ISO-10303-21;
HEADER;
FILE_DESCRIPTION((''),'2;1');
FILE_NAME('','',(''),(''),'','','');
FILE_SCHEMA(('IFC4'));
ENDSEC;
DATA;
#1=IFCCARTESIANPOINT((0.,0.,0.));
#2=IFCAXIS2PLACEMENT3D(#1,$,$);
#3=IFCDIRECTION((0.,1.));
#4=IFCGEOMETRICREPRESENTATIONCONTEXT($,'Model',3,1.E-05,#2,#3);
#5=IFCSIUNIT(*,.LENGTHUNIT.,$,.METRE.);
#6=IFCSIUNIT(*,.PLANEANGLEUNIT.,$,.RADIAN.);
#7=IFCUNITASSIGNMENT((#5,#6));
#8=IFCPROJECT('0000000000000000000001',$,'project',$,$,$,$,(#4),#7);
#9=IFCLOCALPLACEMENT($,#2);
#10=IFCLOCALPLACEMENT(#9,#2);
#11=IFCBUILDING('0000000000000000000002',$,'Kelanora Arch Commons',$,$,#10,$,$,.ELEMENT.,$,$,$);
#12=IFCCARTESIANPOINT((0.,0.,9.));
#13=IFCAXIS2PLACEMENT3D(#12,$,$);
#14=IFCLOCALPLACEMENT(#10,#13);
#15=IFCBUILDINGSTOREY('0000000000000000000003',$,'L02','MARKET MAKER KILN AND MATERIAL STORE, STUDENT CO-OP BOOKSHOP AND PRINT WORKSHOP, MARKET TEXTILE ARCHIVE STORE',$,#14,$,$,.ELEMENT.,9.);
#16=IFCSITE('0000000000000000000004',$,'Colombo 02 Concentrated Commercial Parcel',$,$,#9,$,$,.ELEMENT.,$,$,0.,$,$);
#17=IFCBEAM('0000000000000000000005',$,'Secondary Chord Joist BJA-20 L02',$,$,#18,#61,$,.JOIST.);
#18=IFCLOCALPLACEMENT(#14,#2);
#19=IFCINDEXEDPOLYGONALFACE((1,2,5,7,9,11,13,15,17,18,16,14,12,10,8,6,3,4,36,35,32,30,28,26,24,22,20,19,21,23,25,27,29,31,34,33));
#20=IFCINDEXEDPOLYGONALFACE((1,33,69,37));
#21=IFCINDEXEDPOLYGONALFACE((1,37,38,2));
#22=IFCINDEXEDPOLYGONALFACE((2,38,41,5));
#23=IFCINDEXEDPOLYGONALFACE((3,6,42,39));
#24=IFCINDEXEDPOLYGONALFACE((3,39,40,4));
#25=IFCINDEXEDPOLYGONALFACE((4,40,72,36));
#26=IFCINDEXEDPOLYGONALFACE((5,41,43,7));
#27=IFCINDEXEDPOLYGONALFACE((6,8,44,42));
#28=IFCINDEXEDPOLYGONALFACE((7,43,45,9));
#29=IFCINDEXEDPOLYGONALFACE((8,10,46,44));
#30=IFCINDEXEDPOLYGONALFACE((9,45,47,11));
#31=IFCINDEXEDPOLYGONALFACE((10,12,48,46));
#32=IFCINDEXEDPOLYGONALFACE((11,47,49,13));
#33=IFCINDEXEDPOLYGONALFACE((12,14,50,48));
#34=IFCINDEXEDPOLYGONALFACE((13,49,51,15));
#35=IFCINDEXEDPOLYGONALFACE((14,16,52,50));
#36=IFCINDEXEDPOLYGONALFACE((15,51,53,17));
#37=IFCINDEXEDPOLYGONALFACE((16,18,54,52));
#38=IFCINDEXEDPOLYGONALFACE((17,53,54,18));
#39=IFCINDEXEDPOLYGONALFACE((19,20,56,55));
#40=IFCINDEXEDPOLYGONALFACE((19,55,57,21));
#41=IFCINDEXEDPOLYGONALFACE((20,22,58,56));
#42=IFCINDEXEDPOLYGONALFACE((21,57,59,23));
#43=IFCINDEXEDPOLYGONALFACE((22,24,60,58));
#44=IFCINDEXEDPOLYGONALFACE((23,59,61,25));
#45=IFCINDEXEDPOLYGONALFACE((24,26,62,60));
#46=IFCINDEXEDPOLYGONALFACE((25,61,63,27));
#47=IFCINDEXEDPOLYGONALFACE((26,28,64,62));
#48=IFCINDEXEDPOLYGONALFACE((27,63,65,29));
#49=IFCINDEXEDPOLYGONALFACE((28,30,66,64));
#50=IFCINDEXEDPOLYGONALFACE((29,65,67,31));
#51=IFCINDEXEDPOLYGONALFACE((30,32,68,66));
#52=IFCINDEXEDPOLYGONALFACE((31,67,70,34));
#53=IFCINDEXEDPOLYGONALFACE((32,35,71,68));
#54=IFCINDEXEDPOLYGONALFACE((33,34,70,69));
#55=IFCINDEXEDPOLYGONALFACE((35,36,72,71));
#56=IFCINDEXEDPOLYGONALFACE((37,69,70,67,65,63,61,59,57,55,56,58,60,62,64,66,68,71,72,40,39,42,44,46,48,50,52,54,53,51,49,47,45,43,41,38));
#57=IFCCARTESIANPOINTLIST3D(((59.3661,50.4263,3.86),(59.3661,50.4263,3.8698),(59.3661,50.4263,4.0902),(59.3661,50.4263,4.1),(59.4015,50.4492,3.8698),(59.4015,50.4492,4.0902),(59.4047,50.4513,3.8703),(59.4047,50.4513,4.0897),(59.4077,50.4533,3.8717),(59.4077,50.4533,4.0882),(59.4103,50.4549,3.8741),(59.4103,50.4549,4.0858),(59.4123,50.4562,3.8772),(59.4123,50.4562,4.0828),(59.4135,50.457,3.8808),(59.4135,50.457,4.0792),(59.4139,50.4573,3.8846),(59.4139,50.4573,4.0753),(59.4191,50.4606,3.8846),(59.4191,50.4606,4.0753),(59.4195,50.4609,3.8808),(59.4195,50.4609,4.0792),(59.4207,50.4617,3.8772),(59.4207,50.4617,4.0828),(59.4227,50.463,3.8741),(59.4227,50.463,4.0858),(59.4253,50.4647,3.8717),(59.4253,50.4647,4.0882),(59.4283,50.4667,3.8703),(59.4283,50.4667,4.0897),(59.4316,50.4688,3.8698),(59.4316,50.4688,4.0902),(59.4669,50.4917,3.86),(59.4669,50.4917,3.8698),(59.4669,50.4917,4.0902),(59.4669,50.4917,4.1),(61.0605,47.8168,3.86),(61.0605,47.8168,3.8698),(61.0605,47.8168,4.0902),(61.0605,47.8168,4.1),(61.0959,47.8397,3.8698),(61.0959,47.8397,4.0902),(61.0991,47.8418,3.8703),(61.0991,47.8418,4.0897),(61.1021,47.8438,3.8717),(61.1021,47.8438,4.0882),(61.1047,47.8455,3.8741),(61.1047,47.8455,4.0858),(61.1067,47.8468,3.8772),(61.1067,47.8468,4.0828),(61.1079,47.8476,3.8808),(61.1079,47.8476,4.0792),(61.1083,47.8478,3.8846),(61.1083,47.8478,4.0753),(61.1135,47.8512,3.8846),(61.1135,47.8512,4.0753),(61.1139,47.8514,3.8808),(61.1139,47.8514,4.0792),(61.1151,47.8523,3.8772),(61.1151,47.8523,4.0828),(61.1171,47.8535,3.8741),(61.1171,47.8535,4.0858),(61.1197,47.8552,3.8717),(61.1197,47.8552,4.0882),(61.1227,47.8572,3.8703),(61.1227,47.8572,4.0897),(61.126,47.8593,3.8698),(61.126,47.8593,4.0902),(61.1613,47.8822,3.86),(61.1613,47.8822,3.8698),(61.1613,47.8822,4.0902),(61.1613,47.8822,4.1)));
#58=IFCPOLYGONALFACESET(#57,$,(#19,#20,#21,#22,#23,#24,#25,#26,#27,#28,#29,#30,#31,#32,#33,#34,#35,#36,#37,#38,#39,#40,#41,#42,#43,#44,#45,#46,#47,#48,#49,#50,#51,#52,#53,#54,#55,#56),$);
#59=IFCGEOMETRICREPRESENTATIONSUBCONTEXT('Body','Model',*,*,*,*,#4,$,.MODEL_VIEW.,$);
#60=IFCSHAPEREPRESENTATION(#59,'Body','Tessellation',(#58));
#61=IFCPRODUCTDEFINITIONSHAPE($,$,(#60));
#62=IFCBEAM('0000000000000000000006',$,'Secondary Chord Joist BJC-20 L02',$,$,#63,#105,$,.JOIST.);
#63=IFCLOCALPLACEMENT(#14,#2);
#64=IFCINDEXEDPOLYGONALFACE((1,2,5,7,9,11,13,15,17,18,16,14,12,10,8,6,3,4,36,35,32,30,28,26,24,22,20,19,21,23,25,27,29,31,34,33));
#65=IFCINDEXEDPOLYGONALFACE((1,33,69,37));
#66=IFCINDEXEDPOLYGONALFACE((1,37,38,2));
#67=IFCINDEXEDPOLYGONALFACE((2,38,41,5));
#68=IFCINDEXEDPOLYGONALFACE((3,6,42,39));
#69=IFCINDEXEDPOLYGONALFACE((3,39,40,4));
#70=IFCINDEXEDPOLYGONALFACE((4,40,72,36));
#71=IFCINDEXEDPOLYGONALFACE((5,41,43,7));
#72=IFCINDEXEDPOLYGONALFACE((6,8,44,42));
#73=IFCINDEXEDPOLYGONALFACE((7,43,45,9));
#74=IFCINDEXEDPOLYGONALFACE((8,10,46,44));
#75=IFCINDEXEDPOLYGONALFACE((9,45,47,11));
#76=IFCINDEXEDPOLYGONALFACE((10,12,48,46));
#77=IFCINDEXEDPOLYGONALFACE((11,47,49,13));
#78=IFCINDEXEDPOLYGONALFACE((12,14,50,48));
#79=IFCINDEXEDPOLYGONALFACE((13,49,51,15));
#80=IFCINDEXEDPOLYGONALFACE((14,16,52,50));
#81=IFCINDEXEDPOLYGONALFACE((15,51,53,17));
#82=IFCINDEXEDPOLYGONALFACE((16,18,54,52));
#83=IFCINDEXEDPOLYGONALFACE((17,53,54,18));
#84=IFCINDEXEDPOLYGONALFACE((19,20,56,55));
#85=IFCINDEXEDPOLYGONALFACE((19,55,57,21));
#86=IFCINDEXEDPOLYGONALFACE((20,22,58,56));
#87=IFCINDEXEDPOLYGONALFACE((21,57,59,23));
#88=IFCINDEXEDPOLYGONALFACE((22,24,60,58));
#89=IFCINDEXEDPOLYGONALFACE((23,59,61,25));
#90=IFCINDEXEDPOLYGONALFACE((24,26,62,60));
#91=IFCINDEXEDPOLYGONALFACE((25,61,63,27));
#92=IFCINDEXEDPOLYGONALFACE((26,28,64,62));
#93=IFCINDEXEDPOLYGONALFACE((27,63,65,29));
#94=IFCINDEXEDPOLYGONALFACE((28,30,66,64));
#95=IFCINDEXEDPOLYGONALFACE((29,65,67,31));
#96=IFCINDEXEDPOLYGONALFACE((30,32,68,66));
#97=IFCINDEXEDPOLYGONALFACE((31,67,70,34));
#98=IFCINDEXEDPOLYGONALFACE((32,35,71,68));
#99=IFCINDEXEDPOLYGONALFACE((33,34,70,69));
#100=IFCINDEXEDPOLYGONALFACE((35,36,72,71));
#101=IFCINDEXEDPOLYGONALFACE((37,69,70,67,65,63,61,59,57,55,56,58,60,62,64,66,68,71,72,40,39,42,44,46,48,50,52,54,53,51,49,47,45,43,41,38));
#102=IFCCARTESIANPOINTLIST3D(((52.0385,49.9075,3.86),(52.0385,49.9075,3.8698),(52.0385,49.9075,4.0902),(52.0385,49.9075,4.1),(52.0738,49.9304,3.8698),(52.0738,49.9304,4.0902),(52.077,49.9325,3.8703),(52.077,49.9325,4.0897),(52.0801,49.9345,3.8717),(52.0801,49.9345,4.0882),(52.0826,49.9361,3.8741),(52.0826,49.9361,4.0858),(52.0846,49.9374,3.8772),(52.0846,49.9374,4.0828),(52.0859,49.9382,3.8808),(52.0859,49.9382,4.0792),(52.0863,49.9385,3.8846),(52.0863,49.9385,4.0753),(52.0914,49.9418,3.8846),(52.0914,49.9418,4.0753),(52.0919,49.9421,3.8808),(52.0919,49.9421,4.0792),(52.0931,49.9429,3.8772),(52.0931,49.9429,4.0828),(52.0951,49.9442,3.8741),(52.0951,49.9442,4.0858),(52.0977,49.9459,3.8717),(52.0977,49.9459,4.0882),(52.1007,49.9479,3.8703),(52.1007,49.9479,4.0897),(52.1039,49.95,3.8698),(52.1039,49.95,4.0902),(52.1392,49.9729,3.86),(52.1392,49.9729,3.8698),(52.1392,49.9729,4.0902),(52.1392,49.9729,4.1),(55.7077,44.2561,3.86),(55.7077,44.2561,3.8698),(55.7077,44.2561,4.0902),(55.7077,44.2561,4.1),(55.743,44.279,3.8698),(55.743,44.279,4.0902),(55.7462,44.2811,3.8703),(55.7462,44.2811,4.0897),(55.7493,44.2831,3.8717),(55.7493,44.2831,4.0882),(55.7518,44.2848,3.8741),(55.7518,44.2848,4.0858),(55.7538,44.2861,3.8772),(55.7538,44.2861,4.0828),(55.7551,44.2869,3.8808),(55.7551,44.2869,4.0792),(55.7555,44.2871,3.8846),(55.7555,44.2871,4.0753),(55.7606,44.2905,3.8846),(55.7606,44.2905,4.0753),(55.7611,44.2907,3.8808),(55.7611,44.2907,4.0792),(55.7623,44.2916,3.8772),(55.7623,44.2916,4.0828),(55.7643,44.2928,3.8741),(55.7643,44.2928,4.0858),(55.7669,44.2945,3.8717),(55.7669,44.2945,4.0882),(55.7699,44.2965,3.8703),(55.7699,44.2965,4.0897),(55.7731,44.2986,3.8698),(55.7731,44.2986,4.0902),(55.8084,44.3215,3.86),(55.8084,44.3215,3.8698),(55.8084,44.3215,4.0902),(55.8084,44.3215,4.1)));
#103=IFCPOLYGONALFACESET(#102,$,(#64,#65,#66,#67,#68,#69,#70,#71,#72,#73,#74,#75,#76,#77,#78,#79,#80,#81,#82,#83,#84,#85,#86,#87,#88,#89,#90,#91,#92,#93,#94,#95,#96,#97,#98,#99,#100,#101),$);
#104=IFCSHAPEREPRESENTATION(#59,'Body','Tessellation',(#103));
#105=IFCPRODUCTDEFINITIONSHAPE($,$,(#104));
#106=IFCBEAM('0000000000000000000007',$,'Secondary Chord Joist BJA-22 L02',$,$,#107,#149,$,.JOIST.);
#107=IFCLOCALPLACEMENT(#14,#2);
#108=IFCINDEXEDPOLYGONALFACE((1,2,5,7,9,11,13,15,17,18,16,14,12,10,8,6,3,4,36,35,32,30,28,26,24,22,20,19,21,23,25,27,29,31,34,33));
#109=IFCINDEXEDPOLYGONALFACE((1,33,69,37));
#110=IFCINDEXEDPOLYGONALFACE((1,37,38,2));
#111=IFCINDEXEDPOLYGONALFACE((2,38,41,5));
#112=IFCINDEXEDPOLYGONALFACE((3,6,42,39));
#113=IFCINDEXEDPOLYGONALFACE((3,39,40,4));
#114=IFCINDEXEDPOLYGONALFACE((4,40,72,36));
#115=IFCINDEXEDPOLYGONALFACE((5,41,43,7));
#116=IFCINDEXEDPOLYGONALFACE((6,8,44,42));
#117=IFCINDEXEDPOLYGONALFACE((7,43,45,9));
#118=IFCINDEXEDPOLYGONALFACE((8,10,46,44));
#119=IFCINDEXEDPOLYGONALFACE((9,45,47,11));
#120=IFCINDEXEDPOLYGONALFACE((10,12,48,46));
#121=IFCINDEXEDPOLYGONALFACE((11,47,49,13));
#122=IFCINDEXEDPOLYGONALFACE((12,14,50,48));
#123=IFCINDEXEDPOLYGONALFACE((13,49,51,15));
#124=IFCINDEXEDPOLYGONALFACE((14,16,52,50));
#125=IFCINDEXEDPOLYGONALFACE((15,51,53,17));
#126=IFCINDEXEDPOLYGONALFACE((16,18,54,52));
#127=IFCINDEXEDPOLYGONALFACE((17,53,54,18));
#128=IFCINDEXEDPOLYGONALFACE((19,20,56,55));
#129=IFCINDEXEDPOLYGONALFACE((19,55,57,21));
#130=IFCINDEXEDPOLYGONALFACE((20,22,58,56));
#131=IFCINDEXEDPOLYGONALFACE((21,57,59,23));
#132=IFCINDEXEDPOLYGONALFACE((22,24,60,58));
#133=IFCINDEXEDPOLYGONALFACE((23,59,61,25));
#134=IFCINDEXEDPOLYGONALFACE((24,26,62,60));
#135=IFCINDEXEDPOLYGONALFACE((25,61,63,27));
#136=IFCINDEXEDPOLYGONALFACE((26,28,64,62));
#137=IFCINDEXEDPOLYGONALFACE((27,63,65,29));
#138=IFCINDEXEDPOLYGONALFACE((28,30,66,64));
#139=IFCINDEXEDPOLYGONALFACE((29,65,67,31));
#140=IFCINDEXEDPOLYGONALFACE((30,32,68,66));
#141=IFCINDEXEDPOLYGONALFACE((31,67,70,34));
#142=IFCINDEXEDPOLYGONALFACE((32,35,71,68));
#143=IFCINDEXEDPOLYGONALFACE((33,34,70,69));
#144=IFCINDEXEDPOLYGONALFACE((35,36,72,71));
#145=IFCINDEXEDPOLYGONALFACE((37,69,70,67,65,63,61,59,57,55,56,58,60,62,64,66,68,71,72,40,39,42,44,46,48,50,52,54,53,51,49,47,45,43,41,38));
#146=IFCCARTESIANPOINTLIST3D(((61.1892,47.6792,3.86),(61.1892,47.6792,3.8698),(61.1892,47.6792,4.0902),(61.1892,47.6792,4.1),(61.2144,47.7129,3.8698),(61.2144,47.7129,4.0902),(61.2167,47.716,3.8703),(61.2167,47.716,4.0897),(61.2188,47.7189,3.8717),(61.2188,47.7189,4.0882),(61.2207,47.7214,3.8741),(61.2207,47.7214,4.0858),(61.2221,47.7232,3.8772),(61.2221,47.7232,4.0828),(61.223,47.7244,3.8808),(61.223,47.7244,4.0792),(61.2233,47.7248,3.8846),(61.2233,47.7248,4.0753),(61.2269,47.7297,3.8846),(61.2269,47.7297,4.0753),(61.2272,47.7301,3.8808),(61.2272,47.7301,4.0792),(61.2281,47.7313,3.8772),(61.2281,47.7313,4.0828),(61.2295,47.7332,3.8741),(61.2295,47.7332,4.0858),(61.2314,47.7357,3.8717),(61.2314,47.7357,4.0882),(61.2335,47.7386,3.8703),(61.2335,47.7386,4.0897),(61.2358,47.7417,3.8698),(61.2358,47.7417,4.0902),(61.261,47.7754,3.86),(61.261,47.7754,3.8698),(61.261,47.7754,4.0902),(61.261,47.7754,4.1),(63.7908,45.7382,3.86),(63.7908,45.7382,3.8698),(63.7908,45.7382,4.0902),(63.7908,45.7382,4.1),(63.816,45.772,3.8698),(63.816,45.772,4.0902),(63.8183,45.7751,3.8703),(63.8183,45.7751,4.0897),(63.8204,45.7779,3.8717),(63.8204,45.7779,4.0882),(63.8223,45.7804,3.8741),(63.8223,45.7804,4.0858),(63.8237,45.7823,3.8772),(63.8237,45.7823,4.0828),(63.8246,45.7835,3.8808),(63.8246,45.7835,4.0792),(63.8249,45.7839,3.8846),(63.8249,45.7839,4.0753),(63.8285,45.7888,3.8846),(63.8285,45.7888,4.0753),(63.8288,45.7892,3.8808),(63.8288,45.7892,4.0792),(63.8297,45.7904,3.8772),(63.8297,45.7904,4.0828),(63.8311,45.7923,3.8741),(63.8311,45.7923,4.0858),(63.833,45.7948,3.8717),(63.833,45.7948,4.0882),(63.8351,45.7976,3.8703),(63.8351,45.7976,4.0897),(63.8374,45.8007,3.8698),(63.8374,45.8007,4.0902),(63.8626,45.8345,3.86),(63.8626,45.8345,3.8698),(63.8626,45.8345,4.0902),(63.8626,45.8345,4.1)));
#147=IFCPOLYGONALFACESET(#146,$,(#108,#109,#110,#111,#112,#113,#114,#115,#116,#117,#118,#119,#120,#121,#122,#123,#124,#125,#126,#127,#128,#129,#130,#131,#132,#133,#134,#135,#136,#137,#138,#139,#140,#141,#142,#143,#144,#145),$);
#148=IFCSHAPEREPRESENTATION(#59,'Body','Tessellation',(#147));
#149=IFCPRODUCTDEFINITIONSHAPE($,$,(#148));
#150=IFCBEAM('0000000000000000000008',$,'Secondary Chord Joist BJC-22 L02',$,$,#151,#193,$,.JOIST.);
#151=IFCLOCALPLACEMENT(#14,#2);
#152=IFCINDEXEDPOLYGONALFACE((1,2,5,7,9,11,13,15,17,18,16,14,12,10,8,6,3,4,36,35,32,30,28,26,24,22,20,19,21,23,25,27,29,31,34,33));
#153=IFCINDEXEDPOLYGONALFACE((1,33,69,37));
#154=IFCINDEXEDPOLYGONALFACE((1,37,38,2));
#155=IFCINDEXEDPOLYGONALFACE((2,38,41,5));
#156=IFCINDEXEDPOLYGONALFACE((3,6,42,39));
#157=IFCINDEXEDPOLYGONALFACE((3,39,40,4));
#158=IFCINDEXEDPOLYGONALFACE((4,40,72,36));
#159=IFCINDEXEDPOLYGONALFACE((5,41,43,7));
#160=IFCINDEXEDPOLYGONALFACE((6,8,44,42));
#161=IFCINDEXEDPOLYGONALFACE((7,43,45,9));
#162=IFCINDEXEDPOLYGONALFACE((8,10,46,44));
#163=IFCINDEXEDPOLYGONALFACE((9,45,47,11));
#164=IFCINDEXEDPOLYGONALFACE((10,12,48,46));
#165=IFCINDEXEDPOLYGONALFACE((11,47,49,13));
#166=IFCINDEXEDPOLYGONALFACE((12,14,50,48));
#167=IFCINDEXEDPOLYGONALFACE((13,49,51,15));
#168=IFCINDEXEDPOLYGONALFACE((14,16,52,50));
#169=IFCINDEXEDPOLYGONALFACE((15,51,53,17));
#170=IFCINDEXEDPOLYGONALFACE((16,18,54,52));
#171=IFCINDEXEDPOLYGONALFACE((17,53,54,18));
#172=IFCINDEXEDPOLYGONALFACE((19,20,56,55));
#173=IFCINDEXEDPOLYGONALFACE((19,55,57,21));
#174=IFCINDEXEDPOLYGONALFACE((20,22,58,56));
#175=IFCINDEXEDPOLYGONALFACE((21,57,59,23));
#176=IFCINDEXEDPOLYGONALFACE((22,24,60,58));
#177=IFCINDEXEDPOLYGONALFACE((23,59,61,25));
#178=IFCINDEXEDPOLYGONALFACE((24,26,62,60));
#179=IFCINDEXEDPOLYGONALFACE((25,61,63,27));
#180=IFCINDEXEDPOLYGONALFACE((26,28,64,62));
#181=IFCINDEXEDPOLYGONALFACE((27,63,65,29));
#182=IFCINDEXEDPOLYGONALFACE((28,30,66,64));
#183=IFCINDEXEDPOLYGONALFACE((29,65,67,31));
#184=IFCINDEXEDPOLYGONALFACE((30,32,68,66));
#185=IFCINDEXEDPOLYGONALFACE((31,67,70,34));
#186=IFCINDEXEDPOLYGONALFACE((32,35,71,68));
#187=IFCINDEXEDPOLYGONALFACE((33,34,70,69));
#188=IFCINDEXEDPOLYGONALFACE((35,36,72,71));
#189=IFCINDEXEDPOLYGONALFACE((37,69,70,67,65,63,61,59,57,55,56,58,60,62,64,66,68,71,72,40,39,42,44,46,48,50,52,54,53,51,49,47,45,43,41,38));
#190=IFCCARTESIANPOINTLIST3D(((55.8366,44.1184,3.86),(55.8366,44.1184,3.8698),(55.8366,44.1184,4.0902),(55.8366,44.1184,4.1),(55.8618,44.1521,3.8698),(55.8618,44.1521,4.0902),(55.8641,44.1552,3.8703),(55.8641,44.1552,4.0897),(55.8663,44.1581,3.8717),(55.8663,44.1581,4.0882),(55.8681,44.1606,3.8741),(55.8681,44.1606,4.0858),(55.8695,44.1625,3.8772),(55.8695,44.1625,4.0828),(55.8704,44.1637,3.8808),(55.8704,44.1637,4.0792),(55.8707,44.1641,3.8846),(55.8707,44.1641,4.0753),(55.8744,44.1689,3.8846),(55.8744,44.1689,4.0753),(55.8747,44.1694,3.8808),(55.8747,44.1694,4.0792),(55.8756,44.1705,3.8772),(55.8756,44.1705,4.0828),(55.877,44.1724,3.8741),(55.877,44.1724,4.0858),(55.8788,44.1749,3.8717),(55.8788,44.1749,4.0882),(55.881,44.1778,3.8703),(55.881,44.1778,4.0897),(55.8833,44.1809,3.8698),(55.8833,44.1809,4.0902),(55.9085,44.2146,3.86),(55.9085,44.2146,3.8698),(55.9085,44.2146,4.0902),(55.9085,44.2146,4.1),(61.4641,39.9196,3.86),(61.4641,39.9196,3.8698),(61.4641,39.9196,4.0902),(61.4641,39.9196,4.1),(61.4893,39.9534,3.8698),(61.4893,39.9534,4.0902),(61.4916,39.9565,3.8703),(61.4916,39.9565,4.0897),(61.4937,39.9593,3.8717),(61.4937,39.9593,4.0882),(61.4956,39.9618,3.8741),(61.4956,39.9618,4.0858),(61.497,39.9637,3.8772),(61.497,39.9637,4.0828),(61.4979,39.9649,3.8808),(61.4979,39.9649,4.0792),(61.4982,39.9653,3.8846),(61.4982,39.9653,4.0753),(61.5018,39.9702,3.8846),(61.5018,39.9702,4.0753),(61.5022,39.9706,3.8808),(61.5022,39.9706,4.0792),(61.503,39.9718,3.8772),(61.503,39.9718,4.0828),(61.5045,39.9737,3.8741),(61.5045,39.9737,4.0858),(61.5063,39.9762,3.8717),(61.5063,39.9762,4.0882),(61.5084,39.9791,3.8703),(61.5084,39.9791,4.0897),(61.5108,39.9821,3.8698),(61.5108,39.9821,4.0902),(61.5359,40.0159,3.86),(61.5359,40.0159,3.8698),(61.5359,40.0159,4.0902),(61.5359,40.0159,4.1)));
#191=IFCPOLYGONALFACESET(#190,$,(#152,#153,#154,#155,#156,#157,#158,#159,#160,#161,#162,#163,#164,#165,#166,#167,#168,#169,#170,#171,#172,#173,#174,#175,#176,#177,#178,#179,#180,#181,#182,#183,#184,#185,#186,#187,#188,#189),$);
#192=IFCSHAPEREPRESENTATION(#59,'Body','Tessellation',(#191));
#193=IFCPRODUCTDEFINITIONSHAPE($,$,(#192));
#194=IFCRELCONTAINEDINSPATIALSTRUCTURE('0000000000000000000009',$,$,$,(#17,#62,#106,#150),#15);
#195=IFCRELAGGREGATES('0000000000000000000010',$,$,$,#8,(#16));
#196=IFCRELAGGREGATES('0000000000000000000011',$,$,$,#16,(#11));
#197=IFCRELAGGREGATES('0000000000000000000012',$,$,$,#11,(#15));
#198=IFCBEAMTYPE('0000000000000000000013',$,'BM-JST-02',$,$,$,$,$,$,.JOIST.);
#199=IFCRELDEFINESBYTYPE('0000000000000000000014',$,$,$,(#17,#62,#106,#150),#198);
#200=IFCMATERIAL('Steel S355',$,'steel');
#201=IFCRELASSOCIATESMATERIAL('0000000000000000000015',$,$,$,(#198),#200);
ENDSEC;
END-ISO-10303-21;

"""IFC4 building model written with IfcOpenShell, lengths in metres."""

from ifc_helpers import new_model, si_unit, direction, frame, origin, origin_2d, place, context, subcontext, project, spatial, i_section, extrude, material, material_profile, profile_set, type_object, element, save


model = new_model("IFC4")

# Units and contexts
model_context = context("Model", 3, precision=1e-05, world=origin(), true_north=direction((0.0, 1.0)))
body_context = subcontext(model_context, "Body", "Model", "MODEL_VIEW")
ifc_project = project(units=[si_unit("LENGTHUNIT", "METRE"), si_unit("PLANEANGLEUNIT", "RADIAN")], contexts=[model_context])

# Site, building, storey
site_placement = place(None, origin())
site = spatial("IfcSite", under=ifc_project, at=site_placement, Name="Colombo 02 Concentrated Commercial Parcel", CompositionType="ELEMENT", RefElevation=0.0)
building_placement = place(site_placement, origin())
building = spatial("IfcBuilding", under=site, at=building_placement, Name="Kelanora Arch Commons", CompositionType="ELEMENT")
storey_placement = place(building_placement, frame((0.0, 0.0, 9.0)))
storey = spatial("IfcBuildingStorey", under=building, at=storey_placement, Name="L02", Description="MARKET MAKER KILN AND MATERIAL STORE, STUDENT CO-OP BOOKSHOP AND PRINT WORKSHOP, MARKET TEXTILE ARCHIVE STORE", CompositionType="ELEMENT", Elevation=9.0)

# Beams
ifc_material_1 = material(Name="Steel S355", Category="steel")
ifc_material_profile_1 = material_profile(ifc_material_1, i_section(OverallWidth=0.1201, OverallDepth=0.24, WebThickness=0.0061, FlangeThickness=0.0098, FilletRadius=0.0149, at=origin_2d()), Name="IPE240")
ifc_profile_set_1 = profile_set([ifc_material_profile_1], Name="Steel S355")
beam_type_1 = type_object("IfcBeamType", Name="BM-JST-02", PredefinedType="JOIST", material=ifc_profile_set_1)
beam_1_placement = place(storey_placement, frame((59.4165, 50.459, 3.98), z_axis=(0.544591, -0.838702, 0.0), x_axis=(0.838702, 0.544591, 0.0)))
element("IfcBeam", 1, at=beam_1_placement, inside=storey, type_object=beam_type_1, Name="Secondary Chord Joist BJA-20 L02", PredefinedType="JOIST", context=body_context, shape_type="SweptSolid", body=[
    extrude(i_section(OverallWidth=0.1201, OverallDepth=0.24, WebThickness=0.0061, FlangeThickness=0.0098, FilletRadius=0.0149, at=origin_2d()), origin(), (0.0, 0.0, 1.0), 3.1113),
])
beam_2_placement = place(storey_placement, frame((52.0889, 49.9402, 3.98), z_axis=(0.54455, -0.838728, 0.0), x_axis=(0.838728, 0.54455, 0.0)))
element("IfcBeam", 2, at=beam_2_placement, inside=storey, type_object=beam_type_1, Name="Secondary Chord Joist BJC-20 L02", PredefinedType="JOIST", context=body_context, shape_type="SweptSolid", body=[
    extrude(i_section(OverallWidth=0.1201, OverallDepth=0.24, WebThickness=0.0061, FlangeThickness=0.0098, FilletRadius=0.0149, at=origin_2d()), origin(), (0.0, 0.0, 1.0), 6.738),
])
beam_3_placement = place(storey_placement, frame((61.2251, 47.7273, 3.98), z_axis=(0.801514, -0.597976, 0.0), x_axis=(0.597976, 0.801514, 0.0)))
element("IfcBeam", 3, at=beam_3_placement, inside=storey, type_object=beam_type_1, Name="Secondary Chord Joist BJA-22 L02", PredefinedType="JOIST", context=body_context, shape_type="SweptSolid", body=[
    extrude(i_section(OverallWidth=0.1201, OverallDepth=0.24, WebThickness=0.0061, FlangeThickness=0.0098, FilletRadius=0.0149, at=origin_2d()), origin(), (0.0, 0.0, 1.0), 3.2458),
])
beam_4_placement = place(storey_placement, frame((55.8726, 44.1665, 3.98), z_axis=(0.801491, -0.598006, 0.0), x_axis=(0.598006, 0.801491, 0.0)))
element("IfcBeam", 4, at=beam_4_placement, inside=storey, type_object=beam_type_1, Name="Secondary Chord Joist BJC-22 L02", PredefinedType="JOIST", context=body_context, shape_type="SweptSolid", body=[
    extrude(i_section(OverallWidth=0.1201, OverallDepth=0.24, WebThickness=0.0061, FlangeThickness=0.0098, FilletRadius=0.0149, at=origin_2d()), origin(), (0.0, 0.0, 1.0), 7.0212),
])

save(model, "model.ifc")
